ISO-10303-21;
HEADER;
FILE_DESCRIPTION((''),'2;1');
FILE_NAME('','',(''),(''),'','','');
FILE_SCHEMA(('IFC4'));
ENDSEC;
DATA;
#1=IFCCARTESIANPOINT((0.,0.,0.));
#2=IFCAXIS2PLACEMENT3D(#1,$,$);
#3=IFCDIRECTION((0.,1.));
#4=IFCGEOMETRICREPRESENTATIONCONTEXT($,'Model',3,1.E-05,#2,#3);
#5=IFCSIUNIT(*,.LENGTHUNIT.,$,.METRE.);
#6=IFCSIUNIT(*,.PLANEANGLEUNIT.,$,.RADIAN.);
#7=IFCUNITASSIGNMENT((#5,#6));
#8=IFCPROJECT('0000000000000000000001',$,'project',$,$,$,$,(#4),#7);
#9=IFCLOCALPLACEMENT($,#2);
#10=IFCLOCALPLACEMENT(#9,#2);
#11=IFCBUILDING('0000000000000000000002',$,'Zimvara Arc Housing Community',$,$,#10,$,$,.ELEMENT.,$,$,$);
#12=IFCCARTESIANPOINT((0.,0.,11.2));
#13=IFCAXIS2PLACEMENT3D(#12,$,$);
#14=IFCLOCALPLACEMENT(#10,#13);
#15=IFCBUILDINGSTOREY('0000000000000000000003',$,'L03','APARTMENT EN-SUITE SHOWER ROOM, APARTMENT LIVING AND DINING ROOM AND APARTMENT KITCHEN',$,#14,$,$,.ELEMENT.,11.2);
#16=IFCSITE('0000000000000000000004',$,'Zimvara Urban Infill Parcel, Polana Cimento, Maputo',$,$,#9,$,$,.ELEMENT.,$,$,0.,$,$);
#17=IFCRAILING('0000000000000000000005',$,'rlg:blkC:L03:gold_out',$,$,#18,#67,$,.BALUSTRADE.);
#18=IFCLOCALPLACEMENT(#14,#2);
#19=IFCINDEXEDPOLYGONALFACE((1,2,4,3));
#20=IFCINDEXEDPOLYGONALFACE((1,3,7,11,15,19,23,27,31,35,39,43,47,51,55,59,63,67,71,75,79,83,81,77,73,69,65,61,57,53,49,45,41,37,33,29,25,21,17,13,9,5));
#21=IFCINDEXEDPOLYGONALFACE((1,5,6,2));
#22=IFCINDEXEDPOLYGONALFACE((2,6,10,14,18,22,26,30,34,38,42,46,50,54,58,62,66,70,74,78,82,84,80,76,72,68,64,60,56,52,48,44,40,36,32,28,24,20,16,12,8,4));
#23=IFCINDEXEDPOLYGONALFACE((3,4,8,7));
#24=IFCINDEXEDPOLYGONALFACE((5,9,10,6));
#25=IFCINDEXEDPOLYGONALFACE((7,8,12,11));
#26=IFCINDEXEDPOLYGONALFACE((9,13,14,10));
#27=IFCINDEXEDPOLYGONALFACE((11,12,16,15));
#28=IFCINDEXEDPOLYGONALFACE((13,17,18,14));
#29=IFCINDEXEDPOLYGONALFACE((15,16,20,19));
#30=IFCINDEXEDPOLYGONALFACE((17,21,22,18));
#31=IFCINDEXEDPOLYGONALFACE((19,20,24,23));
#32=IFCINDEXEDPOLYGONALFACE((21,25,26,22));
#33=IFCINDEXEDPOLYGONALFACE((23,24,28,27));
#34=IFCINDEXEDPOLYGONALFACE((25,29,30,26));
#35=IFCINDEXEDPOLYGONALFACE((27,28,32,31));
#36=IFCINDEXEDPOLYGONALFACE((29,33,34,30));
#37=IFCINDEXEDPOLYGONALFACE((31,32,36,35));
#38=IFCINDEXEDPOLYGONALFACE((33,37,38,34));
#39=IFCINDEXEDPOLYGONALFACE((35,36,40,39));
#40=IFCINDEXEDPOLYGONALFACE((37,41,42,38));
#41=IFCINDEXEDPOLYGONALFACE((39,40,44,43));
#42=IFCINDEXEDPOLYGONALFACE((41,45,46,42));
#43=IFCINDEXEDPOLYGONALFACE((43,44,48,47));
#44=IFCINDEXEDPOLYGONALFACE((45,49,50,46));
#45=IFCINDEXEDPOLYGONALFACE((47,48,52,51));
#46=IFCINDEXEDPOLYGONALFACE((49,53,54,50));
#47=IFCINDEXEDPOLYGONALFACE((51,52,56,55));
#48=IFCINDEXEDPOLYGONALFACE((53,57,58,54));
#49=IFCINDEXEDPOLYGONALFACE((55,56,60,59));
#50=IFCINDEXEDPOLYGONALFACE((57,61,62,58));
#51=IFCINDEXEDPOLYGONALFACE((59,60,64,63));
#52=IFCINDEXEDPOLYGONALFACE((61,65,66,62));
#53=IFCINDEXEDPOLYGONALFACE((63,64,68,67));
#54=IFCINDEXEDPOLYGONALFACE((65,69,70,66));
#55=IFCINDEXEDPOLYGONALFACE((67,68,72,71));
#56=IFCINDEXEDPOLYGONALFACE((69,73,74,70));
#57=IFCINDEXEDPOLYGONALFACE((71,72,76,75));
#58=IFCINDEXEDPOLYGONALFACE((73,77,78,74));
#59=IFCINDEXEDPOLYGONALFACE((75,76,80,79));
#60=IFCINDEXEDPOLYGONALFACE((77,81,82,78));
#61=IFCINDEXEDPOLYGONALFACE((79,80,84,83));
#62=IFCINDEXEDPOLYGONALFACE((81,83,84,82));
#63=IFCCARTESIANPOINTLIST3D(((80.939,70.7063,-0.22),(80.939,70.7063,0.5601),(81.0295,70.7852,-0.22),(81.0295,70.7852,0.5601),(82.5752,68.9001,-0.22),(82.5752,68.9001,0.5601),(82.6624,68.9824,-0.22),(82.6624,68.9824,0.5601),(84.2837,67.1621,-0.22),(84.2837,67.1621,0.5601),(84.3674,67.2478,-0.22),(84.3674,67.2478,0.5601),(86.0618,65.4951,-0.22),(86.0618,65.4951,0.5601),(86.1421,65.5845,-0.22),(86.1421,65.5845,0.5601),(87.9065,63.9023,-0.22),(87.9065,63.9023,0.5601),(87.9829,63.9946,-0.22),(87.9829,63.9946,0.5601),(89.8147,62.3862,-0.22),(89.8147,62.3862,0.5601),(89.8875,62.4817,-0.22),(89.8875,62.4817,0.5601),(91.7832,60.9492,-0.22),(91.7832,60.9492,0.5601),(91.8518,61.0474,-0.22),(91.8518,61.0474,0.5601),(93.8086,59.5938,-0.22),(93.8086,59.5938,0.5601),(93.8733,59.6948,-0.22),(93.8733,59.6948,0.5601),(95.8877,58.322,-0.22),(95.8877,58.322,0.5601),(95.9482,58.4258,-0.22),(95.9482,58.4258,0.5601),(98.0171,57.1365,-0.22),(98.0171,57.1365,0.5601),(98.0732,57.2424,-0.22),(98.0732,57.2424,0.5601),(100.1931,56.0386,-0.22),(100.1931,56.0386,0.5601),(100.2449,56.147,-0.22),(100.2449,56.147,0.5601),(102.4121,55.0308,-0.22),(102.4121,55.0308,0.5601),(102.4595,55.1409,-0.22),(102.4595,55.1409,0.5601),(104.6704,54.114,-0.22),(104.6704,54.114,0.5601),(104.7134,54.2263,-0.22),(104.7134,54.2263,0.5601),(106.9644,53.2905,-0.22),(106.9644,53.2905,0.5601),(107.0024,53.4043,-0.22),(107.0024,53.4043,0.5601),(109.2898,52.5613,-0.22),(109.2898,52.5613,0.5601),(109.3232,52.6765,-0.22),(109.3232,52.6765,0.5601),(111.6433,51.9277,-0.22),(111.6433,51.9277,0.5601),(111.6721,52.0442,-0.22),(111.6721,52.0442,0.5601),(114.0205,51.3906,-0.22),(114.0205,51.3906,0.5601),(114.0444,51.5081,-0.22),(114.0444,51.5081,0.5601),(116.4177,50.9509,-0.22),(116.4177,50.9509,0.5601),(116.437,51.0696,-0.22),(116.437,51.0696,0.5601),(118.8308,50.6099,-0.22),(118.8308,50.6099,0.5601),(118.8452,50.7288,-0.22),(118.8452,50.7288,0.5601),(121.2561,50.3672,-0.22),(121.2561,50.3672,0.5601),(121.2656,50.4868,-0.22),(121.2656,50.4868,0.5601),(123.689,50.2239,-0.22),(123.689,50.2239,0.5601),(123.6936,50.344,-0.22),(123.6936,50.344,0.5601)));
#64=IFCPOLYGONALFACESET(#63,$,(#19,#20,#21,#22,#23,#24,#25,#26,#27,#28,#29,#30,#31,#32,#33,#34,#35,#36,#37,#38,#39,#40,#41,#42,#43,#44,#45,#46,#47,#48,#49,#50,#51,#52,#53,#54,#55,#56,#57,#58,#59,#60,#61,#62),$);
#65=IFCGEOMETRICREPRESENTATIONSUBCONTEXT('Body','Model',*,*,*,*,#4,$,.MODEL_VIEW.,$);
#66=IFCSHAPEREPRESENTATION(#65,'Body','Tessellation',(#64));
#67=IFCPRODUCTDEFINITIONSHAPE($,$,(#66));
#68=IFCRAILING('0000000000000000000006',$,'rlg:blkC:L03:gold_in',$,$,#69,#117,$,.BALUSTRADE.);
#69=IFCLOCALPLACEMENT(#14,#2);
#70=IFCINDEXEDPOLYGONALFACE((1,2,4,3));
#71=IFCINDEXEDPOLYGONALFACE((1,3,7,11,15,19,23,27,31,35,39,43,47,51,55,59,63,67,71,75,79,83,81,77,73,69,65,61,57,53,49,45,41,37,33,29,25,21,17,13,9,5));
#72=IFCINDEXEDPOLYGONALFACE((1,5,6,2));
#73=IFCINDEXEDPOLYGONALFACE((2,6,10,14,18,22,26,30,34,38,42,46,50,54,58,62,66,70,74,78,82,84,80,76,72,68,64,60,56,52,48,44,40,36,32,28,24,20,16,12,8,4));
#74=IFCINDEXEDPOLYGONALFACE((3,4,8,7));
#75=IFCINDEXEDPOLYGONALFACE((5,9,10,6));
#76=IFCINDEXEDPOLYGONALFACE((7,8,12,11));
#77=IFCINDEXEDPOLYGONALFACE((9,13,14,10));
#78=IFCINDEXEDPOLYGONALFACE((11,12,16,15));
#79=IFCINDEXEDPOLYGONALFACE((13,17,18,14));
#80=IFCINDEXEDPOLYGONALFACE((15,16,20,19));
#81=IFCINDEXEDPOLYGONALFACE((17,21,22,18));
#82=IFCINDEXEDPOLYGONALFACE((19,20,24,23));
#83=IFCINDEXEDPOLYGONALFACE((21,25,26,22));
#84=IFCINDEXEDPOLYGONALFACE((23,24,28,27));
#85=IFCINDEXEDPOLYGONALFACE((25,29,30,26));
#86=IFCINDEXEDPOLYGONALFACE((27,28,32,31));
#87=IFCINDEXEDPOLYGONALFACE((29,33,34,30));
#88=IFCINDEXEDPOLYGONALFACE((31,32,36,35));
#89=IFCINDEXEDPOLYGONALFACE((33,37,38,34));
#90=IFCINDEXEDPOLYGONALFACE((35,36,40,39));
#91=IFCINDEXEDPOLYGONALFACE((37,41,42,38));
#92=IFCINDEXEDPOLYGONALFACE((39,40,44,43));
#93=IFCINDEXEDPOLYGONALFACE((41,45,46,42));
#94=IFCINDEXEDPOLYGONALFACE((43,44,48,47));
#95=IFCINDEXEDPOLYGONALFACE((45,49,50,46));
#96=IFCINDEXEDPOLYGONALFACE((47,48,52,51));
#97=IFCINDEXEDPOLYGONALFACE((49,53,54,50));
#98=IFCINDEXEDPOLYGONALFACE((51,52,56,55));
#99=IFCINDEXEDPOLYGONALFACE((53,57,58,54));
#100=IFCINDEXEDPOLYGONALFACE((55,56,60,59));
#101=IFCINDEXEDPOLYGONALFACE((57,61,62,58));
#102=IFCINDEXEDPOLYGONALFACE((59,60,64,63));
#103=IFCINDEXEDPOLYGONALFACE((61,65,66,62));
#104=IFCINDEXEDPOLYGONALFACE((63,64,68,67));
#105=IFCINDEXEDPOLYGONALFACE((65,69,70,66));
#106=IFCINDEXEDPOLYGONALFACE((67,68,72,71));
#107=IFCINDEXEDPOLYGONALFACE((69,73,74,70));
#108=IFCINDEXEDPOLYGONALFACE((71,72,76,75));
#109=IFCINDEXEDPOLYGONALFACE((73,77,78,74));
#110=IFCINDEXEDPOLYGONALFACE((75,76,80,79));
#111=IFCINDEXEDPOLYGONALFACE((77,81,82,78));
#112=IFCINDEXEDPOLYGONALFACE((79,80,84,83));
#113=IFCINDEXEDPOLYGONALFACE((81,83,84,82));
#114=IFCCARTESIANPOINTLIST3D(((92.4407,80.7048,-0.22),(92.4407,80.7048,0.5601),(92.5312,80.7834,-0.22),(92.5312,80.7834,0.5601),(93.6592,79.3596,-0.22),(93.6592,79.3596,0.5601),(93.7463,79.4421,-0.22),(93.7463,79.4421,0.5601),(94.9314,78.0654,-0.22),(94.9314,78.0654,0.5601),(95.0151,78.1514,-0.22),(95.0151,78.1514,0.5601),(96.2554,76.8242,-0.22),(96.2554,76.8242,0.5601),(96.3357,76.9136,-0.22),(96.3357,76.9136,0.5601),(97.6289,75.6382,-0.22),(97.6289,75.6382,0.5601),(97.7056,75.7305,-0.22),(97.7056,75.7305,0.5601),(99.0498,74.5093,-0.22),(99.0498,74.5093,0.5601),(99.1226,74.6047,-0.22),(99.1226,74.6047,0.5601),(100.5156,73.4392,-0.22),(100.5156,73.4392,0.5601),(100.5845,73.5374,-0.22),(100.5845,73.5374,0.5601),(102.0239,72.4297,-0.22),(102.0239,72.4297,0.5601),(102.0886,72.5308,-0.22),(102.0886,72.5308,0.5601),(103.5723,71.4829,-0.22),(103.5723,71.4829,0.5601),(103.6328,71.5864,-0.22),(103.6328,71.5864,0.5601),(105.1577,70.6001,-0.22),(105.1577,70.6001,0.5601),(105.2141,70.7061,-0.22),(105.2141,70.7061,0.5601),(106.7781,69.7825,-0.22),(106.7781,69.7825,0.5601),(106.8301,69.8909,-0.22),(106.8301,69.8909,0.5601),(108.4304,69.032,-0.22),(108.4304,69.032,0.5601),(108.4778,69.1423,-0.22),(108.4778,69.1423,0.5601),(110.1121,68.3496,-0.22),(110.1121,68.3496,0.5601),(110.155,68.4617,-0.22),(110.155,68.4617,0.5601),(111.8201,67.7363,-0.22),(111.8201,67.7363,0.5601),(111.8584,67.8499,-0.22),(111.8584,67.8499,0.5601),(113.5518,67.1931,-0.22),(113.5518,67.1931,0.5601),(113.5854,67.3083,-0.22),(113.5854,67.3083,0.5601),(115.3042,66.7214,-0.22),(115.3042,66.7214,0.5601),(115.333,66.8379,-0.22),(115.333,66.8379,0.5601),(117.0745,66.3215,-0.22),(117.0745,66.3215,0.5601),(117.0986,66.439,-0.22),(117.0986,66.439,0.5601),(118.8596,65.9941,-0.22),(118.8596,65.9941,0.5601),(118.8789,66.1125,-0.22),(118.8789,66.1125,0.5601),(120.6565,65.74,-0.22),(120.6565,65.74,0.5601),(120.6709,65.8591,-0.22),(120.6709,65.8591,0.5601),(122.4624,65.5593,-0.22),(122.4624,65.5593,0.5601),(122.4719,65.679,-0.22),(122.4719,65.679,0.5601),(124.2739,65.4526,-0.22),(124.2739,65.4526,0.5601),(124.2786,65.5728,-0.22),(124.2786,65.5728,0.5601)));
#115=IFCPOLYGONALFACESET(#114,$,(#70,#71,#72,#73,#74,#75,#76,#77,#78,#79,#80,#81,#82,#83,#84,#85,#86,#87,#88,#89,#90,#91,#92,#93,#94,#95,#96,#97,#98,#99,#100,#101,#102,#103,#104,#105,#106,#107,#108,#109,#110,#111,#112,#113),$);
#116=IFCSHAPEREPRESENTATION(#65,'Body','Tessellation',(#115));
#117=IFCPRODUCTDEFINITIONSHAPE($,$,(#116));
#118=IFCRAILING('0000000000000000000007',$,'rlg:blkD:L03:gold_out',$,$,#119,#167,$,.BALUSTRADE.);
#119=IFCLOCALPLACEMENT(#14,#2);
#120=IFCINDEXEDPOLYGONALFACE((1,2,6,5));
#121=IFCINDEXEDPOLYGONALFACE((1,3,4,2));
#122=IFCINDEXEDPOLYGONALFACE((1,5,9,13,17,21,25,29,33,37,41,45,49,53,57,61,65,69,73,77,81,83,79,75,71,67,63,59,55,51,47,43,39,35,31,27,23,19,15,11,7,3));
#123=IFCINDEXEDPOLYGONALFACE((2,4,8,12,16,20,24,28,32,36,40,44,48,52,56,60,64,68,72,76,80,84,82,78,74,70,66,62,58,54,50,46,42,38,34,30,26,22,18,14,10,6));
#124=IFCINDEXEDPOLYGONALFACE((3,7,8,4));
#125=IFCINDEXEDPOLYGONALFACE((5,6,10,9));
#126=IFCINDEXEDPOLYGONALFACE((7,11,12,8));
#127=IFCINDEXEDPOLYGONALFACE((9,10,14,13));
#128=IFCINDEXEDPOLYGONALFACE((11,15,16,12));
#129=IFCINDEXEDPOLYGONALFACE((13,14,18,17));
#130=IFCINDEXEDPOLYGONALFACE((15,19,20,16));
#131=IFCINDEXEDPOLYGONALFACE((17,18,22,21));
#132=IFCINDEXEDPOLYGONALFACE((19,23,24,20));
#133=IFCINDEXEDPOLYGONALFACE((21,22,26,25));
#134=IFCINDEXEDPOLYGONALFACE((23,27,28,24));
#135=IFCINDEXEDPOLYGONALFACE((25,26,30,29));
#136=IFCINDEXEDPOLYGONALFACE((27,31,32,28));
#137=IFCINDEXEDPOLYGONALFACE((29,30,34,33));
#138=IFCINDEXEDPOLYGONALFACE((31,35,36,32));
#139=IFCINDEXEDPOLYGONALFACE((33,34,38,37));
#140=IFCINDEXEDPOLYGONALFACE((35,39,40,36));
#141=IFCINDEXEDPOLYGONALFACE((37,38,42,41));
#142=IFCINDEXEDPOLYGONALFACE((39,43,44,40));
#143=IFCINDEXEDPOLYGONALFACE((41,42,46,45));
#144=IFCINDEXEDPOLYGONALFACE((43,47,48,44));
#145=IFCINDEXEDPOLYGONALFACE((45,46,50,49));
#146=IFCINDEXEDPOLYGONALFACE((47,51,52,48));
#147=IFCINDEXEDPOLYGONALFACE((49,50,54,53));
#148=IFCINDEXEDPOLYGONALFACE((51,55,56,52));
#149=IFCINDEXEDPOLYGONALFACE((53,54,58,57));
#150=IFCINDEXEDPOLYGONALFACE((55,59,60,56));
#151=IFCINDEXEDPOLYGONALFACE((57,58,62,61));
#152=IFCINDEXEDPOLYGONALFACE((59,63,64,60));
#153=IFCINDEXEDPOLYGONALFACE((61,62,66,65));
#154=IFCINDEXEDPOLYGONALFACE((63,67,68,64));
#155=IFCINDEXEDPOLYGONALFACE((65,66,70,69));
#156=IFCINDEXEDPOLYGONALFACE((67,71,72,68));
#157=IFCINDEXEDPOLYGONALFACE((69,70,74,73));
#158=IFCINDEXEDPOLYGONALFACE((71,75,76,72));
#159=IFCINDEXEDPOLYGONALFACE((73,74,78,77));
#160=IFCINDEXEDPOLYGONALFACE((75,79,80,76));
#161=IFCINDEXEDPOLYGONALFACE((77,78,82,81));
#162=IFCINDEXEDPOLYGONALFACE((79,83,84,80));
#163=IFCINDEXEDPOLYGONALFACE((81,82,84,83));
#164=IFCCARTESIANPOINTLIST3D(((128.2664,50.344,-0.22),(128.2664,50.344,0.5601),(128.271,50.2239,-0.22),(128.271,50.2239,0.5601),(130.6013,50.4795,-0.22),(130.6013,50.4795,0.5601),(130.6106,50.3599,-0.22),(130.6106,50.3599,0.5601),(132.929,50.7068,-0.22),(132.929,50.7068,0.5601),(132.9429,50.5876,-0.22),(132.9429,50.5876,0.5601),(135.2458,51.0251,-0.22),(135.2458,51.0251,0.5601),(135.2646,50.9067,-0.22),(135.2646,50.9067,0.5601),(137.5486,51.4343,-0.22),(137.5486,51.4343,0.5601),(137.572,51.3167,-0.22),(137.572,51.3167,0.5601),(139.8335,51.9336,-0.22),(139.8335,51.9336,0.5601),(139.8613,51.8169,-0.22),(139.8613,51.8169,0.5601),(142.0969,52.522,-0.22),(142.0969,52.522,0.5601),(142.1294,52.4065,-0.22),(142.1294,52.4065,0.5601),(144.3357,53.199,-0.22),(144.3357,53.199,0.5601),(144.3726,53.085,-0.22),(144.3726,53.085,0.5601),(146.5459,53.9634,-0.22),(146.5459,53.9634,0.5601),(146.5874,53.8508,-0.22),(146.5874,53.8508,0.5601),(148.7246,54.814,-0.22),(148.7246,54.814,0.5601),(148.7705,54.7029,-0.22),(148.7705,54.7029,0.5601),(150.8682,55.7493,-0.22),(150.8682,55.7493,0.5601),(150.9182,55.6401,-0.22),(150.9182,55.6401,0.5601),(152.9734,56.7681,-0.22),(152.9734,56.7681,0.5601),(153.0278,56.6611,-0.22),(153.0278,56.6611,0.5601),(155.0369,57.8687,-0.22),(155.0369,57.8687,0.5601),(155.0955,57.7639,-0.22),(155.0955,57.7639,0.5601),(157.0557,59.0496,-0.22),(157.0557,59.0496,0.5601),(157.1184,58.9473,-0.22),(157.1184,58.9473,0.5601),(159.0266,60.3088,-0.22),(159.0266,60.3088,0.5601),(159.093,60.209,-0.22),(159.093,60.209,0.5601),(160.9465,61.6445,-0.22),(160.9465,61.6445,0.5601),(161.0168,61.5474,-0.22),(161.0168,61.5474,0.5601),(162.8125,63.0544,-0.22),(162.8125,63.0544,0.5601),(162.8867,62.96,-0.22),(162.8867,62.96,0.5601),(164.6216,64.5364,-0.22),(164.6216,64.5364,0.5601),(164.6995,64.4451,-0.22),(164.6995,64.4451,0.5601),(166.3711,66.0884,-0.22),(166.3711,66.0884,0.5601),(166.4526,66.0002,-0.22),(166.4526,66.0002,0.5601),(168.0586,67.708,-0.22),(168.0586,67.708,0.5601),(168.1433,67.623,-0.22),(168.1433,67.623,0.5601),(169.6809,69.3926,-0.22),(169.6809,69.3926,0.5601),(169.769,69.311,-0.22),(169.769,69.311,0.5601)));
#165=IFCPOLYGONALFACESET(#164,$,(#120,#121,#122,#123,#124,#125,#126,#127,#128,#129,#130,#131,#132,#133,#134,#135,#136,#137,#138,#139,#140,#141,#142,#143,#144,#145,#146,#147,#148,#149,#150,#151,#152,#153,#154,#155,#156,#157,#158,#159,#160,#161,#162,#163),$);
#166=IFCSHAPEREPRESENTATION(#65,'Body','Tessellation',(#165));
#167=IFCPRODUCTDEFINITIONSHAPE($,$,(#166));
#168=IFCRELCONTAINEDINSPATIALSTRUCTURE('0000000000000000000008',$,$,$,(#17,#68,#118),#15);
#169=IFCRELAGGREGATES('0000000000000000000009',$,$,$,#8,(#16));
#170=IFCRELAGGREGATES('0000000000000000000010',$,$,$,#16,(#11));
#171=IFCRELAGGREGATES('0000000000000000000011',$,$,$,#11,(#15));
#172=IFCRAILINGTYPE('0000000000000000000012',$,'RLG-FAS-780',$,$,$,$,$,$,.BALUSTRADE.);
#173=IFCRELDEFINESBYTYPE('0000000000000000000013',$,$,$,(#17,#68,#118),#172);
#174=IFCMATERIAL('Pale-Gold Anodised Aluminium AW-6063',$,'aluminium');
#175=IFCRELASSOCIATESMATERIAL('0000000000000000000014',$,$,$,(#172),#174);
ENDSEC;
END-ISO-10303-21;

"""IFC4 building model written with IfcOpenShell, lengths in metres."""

from ifc_helpers import new_model, si_unit, direction, frame, origin, place, context, subcontext, project, spatial, polyline, outline, extrude, material, type_object, element, save


model = new_model("IFC4")

# Units and contexts
model_context = context("Model", 3, precision=1e-05, world=origin(), true_north=direction((0.0, 1.0)))
body_context = subcontext(model_context, "Body", "Model", "MODEL_VIEW")
ifc_project = project(units=[si_unit("LENGTHUNIT", "METRE"), si_unit("PLANEANGLEUNIT", "RADIAN")], contexts=[model_context])

# Site, building, storey
site_placement = place(None, origin())
site = spatial("IfcSite", under=ifc_project, at=site_placement, Name="Zimvara Urban Infill Parcel, Polana Cimento, Maputo", CompositionType="ELEMENT", RefElevation=0.0)
building_placement = place(site_placement, origin())
building = spatial("IfcBuilding", under=site, at=building_placement, Name="Zimvara Arc Housing Community", CompositionType="ELEMENT")
storey_placement = place(building_placement, frame((0.0, 0.0, 11.2)))
storey = spatial("IfcBuildingStorey", under=building, at=storey_placement, Name="L03", Description="APARTMENT EN-SUITE SHOWER ROOM, APARTMENT LIVING AND DINING ROOM AND APARTMENT KITCHEN", CompositionType="ELEMENT", Elevation=11.2)

# Railings
ifc_material_1 = material(Name="Pale-Gold Anodised Aluminium AW-6063", Category="aluminium")
railing_type_1 = type_object("IfcRailingType", Name="RLG-FAS-780", PredefinedType="BALUSTRADE", material=ifc_material_1)
railing_1_placement = place(storey_placement, frame((0.0, 0.0, -0.22)))
element("IfcRailing", 1, at=railing_1_placement, inside=storey, type_object=railing_type_1, Name="rlg:blkC:L03:gold_out", PredefinedType="BALUSTRADE", context=body_context, shape_type="SweptSolid", body=[
    extrude(outline(polyline([(80.939, 70.7063), (82.5752, 68.9001), (84.2837, 67.1621), (86.0618, 65.4951), (87.9065, 63.9023), (89.8147, 62.3862), (91.7832, 60.9492), (93.8086, 59.5938), (95.8877, 58.322), (98.0171, 57.1365), (100.1931, 56.0386), (102.4121, 55.0308), (104.6704, 54.114), (106.9644, 53.2905), (109.2898, 52.5613), (111.6433, 51.9277), (114.0205, 51.3906), (116.4177, 50.9509), (118.8308, 50.6099), (121.2561, 50.3672), (123.689, 50.2239), (123.6936, 50.344), (121.2656, 50.4868), (118.8452, 50.7288), (116.437, 51.0696), (114.0444, 51.5081), (111.6721, 52.0442), (109.3232, 52.6765), (107.0024, 53.4043), (104.7134, 54.2263), (102.4595, 55.1409), (100.2449, 56.147), (98.0732, 57.2424), (95.9482, 58.4258), (93.8733, 59.6948), (91.8518, 61.0474), (89.8875, 62.4817), (87.9829, 63.9946), (86.1421, 65.5845), (84.3674, 67.2478), (82.6624, 68.9824), (81.0295, 70.7852), (80.939, 70.7063)])), origin(), (0.0, 0.0, 1.0), 0.78),
])
railing_2_placement = place(storey_placement, frame((0.0, 0.0, -0.22)))
element("IfcRailing", 2, at=railing_2_placement, inside=storey, type_object=railing_type_1, Name="rlg:blkC:L03:gold_in", PredefinedType="BALUSTRADE", context=body_context, shape_type="SweptSolid", body=[
    extrude(outline(polyline([(92.4407, 80.7048), (93.6592, 79.3596), (94.9314, 78.0654), (96.2554, 76.8242), (97.6289, 75.6382), (99.0498, 74.5093), (100.5156, 73.4392), (102.0239, 72.4297), (103.5723, 71.4829), (105.1577, 70.6001), (106.7781, 69.7825), (108.4304, 69.032), (110.1121, 68.3496), (111.8201, 67.7363), (113.5518, 67.1931), (115.3042, 66.7214), (117.0745, 66.3215), (118.8596, 65.9941), (120.6565, 65.74), (122.4624, 65.5593), (124.2739, 65.4526), (124.2786, 65.5728), (122.4719, 65.679), (120.6709, 65.8591), (118.8789, 66.1125), (117.0986, 66.439), (115.333, 66.8379), (113.5854, 67.3083), (111.8584, 67.8499), (110.155, 68.4617), (108.4778, 69.1423), (106.8301, 69.8909), (105.2141, 70.7061), (103.6328, 71.5864), (102.0886, 72.5308), (100.5845, 73.5374), (99.1226, 74.6047), (97.7056, 75.7305), (96.3357, 76.9136), (95.0151, 78.1514), (93.7463, 79.4421), (92.5312, 80.7834), (92.4407, 80.7048)])), origin(), (0.0, 0.0, 1.0), 0.78),
])
railing_3_placement = place(storey_placement, frame((0.0, 0.0, -0.22)))
element("IfcRailing", 3, at=railing_3_placement, inside=storey, type_object=railing_type_1, Name="rlg:blkD:L03:gold_out", PredefinedType="BALUSTRADE", context=body_context, shape_type="SweptSolid", body=[
    extrude(outline(polyline([(128.271, 50.2239), (130.6106, 50.3599), (132.9429, 50.5876), (135.2646, 50.9067), (137.572, 51.3167), (139.8613, 51.8169), (142.1294, 52.4065), (144.3726, 53.085), (146.5874, 53.8508), (148.7705, 54.7029), (150.9182, 55.6401), (153.0278, 56.6611), (155.0955, 57.7639), (157.1184, 58.9473), (159.093, 60.209), (161.0168, 61.5474), (162.8867, 62.96), (164.6995, 64.4451), (166.4526, 66.0002), (168.1433, 67.623), (169.769, 69.311), (169.6809, 69.3926), (168.0586, 67.708), (166.3711, 66.0884), (164.6216, 64.5364), (162.8125, 63.0544), (160.9465, 61.6445), (159.0266, 60.3088), (157.0557, 59.0496), (155.0369, 57.8687), (152.9734, 56.7681), (150.8682, 55.7493), (148.7246, 54.814), (146.5459, 53.9634), (144.3357, 53.199), (142.0969, 52.522), (139.8335, 51.9336), (137.5486, 51.4343), (135.2458, 51.0251), (132.929, 50.7068), (130.6013, 50.4795), (128.2664, 50.344), (128.271, 50.2239)])), origin(), (0.0, 0.0, 1.0), 0.78),
])

save(model, "model.ifc")
